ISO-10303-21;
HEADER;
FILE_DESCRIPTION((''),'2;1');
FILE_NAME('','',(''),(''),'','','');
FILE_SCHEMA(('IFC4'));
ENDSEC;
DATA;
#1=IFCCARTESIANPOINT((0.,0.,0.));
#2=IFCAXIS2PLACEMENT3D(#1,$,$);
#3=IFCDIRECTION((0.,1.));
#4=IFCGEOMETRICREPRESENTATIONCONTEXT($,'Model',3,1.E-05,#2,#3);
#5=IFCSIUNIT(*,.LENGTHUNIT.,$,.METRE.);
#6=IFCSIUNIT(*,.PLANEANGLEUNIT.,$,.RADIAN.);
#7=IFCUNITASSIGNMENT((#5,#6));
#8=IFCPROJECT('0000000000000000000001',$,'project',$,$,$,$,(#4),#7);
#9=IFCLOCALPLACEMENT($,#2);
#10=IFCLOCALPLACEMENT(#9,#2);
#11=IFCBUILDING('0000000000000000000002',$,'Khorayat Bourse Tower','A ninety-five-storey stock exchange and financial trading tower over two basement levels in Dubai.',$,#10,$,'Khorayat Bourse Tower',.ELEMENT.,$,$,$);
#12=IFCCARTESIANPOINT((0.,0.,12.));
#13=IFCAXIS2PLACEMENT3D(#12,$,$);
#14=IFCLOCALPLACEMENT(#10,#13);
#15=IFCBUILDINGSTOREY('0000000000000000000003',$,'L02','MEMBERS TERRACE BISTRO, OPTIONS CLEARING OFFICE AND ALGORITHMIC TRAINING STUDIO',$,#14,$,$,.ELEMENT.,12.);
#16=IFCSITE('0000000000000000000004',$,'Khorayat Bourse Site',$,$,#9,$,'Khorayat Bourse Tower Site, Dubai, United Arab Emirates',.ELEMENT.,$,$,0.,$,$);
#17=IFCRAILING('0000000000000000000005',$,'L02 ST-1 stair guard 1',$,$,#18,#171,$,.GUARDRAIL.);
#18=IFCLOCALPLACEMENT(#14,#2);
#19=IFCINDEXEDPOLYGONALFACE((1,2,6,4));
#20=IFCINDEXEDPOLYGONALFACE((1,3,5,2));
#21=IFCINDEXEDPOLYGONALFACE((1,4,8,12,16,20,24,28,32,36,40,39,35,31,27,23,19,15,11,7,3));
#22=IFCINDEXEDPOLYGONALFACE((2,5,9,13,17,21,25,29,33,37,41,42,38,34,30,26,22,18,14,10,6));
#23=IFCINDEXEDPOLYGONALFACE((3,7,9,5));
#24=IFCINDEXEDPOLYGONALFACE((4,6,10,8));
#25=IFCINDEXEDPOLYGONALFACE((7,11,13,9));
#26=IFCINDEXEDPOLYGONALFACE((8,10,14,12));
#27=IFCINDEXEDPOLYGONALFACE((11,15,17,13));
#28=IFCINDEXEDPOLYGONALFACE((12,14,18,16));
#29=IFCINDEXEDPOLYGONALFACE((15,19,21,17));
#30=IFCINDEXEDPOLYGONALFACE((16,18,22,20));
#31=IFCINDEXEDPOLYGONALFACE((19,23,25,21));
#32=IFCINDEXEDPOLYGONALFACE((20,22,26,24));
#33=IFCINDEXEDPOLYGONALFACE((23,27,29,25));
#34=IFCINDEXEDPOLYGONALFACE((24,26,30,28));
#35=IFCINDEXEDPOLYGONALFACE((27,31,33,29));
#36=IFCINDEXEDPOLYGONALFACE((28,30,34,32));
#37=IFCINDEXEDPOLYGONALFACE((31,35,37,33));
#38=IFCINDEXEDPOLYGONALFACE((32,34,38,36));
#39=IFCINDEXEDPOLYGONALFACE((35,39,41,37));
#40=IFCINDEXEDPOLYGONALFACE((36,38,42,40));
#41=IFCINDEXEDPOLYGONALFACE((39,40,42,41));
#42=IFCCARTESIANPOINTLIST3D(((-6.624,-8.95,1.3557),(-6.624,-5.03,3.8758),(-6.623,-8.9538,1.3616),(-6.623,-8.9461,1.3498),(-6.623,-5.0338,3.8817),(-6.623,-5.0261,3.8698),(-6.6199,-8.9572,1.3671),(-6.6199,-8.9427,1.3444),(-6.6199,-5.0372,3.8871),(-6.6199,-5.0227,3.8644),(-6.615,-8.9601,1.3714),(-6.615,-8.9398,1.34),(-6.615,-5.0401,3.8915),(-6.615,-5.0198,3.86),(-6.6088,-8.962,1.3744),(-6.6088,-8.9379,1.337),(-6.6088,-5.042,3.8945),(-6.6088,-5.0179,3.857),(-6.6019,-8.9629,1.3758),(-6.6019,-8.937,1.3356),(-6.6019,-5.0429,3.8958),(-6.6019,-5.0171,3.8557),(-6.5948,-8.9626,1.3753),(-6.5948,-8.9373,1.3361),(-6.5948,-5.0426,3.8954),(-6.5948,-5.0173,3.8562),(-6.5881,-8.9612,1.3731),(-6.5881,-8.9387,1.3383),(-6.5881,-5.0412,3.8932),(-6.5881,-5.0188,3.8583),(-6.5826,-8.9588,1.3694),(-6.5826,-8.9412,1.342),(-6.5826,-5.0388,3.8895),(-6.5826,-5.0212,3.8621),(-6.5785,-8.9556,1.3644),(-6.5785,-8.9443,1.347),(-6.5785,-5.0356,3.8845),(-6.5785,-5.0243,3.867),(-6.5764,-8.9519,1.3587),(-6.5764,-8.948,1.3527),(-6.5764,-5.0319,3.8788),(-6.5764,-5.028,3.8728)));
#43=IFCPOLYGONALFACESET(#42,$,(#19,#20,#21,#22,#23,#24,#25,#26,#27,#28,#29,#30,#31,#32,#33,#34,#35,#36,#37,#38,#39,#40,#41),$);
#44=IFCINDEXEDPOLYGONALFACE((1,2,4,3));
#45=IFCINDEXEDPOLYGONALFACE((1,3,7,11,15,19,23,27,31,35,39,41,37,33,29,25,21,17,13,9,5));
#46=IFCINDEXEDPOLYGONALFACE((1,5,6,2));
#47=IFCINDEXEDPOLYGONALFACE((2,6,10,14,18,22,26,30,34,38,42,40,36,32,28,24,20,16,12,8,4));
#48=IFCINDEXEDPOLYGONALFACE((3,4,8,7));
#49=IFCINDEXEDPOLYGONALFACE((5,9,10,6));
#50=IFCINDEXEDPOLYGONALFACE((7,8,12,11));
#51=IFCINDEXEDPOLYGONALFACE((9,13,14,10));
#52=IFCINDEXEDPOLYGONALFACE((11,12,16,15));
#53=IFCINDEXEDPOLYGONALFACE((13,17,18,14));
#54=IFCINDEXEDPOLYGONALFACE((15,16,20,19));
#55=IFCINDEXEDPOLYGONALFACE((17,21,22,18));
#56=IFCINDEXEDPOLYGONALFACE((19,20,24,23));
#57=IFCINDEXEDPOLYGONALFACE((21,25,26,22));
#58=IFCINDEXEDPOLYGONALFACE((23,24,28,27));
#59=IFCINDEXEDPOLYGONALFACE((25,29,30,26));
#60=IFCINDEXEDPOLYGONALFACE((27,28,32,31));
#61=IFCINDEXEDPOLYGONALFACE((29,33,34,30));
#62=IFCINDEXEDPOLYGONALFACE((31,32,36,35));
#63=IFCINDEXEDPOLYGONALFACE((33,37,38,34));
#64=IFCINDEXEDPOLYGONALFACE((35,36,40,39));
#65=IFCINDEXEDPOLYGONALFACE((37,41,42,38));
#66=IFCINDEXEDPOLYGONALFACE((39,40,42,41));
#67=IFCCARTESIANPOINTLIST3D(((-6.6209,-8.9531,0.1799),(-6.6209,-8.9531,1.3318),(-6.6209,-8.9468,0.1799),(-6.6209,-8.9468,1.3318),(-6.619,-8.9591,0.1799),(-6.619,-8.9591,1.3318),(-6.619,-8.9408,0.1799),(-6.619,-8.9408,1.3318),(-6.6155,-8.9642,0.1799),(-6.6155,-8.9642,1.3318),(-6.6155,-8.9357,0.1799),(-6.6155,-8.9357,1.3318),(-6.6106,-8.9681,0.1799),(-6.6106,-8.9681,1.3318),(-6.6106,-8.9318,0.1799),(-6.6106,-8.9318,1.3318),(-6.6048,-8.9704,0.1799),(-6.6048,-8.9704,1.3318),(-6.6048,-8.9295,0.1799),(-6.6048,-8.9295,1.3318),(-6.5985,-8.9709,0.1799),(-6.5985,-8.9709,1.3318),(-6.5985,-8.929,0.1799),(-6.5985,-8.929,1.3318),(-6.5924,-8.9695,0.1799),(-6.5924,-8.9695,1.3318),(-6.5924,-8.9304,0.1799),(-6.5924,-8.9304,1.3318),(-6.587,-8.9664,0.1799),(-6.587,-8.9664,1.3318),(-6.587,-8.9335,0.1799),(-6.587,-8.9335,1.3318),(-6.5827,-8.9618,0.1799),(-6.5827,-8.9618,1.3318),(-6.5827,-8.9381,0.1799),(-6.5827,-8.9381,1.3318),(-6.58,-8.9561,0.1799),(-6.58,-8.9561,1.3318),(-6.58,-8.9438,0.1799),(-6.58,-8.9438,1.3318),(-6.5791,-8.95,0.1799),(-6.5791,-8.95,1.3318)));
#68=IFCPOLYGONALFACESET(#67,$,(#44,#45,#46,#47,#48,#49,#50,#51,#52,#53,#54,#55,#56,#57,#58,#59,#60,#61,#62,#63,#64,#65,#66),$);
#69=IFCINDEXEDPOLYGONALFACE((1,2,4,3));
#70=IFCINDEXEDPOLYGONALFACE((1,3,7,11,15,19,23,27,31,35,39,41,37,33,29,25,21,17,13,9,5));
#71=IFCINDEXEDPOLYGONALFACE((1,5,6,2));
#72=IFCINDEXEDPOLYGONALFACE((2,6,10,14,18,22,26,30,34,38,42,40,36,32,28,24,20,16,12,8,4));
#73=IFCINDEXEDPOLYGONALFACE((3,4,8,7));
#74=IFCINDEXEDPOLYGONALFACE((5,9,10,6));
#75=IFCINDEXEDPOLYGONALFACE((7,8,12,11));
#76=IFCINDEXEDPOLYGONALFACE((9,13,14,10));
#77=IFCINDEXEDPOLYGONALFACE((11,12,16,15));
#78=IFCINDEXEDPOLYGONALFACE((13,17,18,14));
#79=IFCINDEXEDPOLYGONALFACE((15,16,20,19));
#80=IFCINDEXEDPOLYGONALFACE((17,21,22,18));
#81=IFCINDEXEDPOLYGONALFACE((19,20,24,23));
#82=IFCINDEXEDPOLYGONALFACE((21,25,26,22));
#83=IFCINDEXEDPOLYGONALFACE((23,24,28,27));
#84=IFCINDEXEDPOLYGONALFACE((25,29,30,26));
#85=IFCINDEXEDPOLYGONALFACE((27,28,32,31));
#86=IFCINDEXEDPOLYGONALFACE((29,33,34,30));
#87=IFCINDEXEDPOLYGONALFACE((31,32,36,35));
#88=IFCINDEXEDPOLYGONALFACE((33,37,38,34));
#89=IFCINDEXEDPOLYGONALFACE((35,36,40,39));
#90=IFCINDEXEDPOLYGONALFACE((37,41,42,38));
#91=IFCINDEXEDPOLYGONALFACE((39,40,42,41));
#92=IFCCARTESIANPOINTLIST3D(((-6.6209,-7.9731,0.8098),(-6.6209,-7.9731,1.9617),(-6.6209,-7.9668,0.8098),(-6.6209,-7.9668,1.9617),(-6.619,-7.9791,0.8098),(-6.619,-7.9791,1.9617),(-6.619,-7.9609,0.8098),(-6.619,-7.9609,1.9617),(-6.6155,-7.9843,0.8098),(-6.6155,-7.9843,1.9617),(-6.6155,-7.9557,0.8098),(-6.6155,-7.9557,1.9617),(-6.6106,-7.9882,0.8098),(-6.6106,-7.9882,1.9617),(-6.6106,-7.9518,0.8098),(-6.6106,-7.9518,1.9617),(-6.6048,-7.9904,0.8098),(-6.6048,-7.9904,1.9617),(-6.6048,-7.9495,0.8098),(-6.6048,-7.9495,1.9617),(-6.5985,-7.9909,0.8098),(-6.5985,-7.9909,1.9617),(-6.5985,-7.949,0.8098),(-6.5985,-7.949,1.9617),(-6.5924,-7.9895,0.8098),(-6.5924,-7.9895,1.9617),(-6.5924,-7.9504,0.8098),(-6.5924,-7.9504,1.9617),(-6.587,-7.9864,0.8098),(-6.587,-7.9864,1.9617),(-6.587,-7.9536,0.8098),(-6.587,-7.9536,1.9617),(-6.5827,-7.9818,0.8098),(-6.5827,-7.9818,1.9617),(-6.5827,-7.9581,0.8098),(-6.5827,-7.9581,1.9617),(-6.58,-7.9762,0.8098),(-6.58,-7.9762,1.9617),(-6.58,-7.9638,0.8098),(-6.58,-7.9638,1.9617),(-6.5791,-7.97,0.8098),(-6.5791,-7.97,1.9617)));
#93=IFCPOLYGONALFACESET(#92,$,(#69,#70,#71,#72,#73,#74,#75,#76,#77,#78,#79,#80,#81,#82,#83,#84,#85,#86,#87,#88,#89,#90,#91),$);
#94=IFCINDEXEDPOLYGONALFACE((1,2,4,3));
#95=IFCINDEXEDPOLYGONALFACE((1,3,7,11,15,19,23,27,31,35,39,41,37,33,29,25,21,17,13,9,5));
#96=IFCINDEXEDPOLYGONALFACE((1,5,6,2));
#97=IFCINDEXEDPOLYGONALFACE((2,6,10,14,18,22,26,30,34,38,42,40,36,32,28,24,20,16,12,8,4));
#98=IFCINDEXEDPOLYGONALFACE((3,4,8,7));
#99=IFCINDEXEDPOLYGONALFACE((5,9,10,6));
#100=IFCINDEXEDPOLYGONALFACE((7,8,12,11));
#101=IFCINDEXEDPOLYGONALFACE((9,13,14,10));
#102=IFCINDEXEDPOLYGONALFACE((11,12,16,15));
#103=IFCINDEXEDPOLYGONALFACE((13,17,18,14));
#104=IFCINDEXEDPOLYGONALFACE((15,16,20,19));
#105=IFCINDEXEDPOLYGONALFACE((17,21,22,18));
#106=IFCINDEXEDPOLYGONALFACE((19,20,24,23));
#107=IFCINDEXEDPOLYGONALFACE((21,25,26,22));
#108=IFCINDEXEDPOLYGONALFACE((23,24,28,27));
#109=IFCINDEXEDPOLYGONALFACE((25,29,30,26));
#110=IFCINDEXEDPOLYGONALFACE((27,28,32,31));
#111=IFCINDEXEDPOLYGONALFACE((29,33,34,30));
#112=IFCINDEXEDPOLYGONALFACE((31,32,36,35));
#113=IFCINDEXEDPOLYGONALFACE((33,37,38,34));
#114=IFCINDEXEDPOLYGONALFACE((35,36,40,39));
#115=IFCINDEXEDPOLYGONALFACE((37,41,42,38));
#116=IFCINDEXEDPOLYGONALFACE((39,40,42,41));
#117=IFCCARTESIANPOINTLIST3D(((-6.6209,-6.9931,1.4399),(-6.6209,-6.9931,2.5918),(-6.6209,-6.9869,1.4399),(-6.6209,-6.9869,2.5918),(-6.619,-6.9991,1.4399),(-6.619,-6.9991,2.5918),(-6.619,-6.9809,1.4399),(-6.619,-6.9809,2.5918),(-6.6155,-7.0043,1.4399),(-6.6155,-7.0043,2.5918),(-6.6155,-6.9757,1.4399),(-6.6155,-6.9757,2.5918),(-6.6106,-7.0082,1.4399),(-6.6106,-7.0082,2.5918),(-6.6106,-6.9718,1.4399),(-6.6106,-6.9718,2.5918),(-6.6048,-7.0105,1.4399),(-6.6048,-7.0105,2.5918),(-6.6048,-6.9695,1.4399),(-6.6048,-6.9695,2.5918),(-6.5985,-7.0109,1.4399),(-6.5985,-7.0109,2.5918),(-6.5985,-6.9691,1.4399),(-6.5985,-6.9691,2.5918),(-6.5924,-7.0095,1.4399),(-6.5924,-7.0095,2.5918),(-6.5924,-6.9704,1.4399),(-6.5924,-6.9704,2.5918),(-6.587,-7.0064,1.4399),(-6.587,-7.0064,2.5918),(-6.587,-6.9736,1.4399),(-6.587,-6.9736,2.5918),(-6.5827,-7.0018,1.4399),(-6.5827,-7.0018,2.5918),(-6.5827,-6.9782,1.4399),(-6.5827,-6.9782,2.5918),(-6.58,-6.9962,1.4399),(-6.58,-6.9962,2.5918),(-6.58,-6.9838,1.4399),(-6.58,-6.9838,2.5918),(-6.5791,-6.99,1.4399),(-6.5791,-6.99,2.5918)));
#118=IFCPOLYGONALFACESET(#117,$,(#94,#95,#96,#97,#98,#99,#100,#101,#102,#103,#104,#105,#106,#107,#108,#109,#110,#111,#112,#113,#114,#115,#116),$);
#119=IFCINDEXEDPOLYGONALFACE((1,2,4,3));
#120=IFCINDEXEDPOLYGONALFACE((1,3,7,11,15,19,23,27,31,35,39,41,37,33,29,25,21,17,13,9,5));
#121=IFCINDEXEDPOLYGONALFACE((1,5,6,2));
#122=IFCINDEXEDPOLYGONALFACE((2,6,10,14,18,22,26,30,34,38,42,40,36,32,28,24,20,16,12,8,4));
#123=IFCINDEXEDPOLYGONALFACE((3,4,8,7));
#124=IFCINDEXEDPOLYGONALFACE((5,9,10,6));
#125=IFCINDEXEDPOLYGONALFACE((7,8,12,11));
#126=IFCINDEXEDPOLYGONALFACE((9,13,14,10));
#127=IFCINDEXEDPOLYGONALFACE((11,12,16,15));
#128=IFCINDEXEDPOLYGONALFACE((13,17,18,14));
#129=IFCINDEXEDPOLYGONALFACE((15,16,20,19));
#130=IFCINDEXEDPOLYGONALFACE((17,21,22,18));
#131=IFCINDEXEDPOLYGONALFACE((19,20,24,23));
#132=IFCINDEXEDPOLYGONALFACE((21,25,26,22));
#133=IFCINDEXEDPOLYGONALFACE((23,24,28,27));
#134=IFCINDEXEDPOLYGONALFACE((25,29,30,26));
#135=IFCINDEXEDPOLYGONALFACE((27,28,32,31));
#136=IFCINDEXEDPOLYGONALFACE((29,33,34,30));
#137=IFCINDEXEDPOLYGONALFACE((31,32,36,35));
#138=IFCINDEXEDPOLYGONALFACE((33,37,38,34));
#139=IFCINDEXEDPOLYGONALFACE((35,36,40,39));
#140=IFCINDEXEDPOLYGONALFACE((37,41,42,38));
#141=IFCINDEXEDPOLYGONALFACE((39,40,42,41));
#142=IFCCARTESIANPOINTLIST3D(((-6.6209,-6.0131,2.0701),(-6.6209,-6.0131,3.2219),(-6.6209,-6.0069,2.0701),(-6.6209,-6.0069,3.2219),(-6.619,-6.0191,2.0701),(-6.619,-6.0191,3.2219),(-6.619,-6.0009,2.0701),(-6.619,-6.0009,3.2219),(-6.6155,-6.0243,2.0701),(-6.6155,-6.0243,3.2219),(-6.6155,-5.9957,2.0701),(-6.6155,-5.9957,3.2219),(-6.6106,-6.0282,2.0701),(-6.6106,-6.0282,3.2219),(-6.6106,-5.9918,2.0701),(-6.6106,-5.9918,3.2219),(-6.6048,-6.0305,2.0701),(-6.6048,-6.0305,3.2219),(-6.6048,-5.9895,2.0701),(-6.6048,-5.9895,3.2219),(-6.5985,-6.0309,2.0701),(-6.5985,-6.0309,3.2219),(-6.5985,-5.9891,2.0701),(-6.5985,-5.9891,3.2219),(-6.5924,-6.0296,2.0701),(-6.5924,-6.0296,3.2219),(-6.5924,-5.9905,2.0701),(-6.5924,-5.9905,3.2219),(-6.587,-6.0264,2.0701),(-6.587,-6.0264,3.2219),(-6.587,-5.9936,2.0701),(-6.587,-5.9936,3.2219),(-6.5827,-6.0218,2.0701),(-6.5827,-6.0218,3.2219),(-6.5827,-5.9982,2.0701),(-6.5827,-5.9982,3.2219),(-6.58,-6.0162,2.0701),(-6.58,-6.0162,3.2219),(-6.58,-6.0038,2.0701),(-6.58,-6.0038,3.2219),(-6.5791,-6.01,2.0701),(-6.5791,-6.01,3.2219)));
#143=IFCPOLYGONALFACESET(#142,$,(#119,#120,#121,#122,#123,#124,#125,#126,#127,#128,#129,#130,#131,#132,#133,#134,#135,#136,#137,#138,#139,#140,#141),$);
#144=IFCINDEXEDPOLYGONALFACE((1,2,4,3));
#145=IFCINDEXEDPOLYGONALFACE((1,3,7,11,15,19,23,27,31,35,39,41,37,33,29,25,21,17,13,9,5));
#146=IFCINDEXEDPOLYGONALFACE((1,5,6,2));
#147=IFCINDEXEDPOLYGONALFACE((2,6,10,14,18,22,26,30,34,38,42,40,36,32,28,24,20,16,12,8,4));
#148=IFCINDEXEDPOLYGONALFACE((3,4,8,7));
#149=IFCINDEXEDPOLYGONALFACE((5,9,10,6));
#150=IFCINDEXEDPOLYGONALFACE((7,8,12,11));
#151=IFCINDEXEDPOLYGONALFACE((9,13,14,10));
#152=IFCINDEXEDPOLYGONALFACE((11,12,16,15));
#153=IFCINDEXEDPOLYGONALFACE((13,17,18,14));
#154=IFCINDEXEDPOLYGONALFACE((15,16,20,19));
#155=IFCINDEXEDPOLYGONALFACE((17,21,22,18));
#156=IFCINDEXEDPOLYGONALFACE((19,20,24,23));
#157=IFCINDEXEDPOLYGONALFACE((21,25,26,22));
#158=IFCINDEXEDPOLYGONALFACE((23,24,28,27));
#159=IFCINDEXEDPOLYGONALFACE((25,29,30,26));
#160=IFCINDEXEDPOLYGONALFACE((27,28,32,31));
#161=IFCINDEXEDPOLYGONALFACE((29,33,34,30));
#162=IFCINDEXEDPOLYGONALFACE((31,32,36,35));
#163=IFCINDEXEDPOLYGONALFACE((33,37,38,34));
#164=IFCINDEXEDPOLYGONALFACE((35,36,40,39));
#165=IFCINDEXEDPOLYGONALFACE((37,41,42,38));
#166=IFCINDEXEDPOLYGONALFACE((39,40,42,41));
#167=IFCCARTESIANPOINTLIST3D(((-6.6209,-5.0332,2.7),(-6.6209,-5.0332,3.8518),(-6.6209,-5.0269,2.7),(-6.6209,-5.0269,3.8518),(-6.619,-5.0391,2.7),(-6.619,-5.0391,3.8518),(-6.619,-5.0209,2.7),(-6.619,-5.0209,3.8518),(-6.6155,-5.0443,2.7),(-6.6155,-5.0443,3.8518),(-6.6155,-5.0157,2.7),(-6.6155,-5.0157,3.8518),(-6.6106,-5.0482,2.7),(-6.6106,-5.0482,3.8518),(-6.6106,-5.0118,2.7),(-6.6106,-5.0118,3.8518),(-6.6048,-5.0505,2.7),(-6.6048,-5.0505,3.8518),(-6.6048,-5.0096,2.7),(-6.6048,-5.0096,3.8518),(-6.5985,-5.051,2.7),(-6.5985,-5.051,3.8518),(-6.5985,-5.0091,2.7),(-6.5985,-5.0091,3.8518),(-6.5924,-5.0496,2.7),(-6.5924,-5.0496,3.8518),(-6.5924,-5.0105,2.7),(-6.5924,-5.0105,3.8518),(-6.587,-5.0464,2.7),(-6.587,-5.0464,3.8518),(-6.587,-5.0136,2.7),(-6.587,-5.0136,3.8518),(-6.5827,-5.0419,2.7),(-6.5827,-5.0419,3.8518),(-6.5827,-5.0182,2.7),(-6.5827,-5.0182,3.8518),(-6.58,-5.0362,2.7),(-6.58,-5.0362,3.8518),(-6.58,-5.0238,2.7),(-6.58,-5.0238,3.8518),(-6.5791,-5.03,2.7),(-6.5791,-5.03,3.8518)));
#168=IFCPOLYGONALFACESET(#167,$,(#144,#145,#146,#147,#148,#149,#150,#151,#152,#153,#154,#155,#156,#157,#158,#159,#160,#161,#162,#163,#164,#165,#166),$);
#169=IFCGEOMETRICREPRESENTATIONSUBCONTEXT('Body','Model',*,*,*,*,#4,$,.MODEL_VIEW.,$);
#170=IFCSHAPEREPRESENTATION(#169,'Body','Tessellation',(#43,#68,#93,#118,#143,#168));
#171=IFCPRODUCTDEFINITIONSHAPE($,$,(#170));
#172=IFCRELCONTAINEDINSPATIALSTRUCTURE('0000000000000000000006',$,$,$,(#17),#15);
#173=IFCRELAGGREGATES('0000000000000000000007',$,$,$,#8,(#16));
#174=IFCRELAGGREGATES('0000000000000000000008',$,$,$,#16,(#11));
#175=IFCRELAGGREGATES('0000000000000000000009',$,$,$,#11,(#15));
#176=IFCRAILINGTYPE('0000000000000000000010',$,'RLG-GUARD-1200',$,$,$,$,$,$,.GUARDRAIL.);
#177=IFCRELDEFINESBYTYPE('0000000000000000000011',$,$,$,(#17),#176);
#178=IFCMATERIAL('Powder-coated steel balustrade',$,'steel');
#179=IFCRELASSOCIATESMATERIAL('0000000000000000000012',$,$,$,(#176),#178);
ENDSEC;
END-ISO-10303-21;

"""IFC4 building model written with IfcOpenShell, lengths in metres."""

from ifc_helpers import new_model, si_unit, direction, frame, origin, origin_2d, place, context, subcontext, project, spatial, circle, extrude, source, transform, mapped, material, type_object, element, save


model = new_model("IFC4")

# Units and contexts
model_context = context("Model", 3, precision=1e-05, world=origin(), true_north=direction((0.0, 1.0)))
body_context = subcontext(model_context, "Body", "Model", "MODEL_VIEW")
ifc_project = project(units=[si_unit("LENGTHUNIT", "METRE"), si_unit("PLANEANGLEUNIT", "RADIAN")], contexts=[model_context])

# Site, building, storey
site_placement = place(None, origin())
site = spatial("IfcSite", under=ifc_project, at=site_placement, Name="Khorayat Bourse Site", LongName="Khorayat Bourse Tower Site, Dubai, United Arab Emirates", CompositionType="ELEMENT", RefElevation=0.0)
building_placement = place(site_placement, origin())
building = spatial("IfcBuilding", under=site, at=building_placement, Name="Khorayat Bourse Tower", Description="A ninety-five-storey stock exchange and financial trading tower over two basement levels in Dubai.", LongName="Khorayat Bourse Tower", CompositionType="ELEMENT")
storey_placement = place(building_placement, frame((0.0, 0.0, 12.0)))
storey = spatial("IfcBuildingStorey", under=building, at=storey_placement, Name="L02", Description="MEMBERS TERRACE BISTRO, OPTIONS CLEARING OFFICE AND ALGORITHMIC TRAINING STUDIO", CompositionType="ELEMENT", Elevation=12.0)

# Railing
ifc_material_1 = material(Name="Powder-coated steel balustrade", Category="steel")
railing_type_1 = type_object("IfcRailingType", Name="RLG-GUARD-1200", PredefinedType="GUARDRAIL", material=ifc_material_1)
shared_shape_1 = source(origin(), body_context, "Body", "SweptSolid", [
    extrude(circle(Radius=0.0239, at=origin_2d()), frame((0.0, 0.0, 1.1758), z_axis=(0.0, 0.841172, 0.540768), x_axis=(-1.0, 0.0, 0.0)), (0.0, 0.0, 1.0), 4.6602),
    extrude(circle(Radius=0.021, at=origin_2d()), origin(), (0.0, 0.0, 1.0), 1.1519),
    extrude(circle(Radius=0.021, at=origin_2d()), frame((0.0, 0.98, 0.6299)), (0.0, 0.0, 1.0), 1.1519),
    extrude(circle(Radius=0.021, at=origin_2d()), frame((0.0, 1.96, 1.26)), (0.0, 0.0, 1.0), 1.1519),
    extrude(circle(Radius=0.021, at=origin_2d()), frame((0.0, 2.9399, 1.8901)), (0.0, 0.0, 1.0), 1.1519),
    extrude(circle(Radius=0.021, at=origin_2d()), frame((0.0, 3.9199, 2.52)), (0.0, 0.0, 1.0), 1.1519),
])
railing_1_placement = place(storey_placement, frame((-6.6001, -8.95, 0.1799)))
element("IfcRailing", 1, at=railing_1_placement, inside=storey, type_object=railing_type_1, Name="L02 ST-1 stair guard 1", PredefinedType="GUARDRAIL", context=body_context, shape_type="MappedRepresentation", body=[
    mapped(shared_shape_1, transform((0.0, 0.0, 0.0), scale=1.0)),
])

save(model, "model.ifc")
